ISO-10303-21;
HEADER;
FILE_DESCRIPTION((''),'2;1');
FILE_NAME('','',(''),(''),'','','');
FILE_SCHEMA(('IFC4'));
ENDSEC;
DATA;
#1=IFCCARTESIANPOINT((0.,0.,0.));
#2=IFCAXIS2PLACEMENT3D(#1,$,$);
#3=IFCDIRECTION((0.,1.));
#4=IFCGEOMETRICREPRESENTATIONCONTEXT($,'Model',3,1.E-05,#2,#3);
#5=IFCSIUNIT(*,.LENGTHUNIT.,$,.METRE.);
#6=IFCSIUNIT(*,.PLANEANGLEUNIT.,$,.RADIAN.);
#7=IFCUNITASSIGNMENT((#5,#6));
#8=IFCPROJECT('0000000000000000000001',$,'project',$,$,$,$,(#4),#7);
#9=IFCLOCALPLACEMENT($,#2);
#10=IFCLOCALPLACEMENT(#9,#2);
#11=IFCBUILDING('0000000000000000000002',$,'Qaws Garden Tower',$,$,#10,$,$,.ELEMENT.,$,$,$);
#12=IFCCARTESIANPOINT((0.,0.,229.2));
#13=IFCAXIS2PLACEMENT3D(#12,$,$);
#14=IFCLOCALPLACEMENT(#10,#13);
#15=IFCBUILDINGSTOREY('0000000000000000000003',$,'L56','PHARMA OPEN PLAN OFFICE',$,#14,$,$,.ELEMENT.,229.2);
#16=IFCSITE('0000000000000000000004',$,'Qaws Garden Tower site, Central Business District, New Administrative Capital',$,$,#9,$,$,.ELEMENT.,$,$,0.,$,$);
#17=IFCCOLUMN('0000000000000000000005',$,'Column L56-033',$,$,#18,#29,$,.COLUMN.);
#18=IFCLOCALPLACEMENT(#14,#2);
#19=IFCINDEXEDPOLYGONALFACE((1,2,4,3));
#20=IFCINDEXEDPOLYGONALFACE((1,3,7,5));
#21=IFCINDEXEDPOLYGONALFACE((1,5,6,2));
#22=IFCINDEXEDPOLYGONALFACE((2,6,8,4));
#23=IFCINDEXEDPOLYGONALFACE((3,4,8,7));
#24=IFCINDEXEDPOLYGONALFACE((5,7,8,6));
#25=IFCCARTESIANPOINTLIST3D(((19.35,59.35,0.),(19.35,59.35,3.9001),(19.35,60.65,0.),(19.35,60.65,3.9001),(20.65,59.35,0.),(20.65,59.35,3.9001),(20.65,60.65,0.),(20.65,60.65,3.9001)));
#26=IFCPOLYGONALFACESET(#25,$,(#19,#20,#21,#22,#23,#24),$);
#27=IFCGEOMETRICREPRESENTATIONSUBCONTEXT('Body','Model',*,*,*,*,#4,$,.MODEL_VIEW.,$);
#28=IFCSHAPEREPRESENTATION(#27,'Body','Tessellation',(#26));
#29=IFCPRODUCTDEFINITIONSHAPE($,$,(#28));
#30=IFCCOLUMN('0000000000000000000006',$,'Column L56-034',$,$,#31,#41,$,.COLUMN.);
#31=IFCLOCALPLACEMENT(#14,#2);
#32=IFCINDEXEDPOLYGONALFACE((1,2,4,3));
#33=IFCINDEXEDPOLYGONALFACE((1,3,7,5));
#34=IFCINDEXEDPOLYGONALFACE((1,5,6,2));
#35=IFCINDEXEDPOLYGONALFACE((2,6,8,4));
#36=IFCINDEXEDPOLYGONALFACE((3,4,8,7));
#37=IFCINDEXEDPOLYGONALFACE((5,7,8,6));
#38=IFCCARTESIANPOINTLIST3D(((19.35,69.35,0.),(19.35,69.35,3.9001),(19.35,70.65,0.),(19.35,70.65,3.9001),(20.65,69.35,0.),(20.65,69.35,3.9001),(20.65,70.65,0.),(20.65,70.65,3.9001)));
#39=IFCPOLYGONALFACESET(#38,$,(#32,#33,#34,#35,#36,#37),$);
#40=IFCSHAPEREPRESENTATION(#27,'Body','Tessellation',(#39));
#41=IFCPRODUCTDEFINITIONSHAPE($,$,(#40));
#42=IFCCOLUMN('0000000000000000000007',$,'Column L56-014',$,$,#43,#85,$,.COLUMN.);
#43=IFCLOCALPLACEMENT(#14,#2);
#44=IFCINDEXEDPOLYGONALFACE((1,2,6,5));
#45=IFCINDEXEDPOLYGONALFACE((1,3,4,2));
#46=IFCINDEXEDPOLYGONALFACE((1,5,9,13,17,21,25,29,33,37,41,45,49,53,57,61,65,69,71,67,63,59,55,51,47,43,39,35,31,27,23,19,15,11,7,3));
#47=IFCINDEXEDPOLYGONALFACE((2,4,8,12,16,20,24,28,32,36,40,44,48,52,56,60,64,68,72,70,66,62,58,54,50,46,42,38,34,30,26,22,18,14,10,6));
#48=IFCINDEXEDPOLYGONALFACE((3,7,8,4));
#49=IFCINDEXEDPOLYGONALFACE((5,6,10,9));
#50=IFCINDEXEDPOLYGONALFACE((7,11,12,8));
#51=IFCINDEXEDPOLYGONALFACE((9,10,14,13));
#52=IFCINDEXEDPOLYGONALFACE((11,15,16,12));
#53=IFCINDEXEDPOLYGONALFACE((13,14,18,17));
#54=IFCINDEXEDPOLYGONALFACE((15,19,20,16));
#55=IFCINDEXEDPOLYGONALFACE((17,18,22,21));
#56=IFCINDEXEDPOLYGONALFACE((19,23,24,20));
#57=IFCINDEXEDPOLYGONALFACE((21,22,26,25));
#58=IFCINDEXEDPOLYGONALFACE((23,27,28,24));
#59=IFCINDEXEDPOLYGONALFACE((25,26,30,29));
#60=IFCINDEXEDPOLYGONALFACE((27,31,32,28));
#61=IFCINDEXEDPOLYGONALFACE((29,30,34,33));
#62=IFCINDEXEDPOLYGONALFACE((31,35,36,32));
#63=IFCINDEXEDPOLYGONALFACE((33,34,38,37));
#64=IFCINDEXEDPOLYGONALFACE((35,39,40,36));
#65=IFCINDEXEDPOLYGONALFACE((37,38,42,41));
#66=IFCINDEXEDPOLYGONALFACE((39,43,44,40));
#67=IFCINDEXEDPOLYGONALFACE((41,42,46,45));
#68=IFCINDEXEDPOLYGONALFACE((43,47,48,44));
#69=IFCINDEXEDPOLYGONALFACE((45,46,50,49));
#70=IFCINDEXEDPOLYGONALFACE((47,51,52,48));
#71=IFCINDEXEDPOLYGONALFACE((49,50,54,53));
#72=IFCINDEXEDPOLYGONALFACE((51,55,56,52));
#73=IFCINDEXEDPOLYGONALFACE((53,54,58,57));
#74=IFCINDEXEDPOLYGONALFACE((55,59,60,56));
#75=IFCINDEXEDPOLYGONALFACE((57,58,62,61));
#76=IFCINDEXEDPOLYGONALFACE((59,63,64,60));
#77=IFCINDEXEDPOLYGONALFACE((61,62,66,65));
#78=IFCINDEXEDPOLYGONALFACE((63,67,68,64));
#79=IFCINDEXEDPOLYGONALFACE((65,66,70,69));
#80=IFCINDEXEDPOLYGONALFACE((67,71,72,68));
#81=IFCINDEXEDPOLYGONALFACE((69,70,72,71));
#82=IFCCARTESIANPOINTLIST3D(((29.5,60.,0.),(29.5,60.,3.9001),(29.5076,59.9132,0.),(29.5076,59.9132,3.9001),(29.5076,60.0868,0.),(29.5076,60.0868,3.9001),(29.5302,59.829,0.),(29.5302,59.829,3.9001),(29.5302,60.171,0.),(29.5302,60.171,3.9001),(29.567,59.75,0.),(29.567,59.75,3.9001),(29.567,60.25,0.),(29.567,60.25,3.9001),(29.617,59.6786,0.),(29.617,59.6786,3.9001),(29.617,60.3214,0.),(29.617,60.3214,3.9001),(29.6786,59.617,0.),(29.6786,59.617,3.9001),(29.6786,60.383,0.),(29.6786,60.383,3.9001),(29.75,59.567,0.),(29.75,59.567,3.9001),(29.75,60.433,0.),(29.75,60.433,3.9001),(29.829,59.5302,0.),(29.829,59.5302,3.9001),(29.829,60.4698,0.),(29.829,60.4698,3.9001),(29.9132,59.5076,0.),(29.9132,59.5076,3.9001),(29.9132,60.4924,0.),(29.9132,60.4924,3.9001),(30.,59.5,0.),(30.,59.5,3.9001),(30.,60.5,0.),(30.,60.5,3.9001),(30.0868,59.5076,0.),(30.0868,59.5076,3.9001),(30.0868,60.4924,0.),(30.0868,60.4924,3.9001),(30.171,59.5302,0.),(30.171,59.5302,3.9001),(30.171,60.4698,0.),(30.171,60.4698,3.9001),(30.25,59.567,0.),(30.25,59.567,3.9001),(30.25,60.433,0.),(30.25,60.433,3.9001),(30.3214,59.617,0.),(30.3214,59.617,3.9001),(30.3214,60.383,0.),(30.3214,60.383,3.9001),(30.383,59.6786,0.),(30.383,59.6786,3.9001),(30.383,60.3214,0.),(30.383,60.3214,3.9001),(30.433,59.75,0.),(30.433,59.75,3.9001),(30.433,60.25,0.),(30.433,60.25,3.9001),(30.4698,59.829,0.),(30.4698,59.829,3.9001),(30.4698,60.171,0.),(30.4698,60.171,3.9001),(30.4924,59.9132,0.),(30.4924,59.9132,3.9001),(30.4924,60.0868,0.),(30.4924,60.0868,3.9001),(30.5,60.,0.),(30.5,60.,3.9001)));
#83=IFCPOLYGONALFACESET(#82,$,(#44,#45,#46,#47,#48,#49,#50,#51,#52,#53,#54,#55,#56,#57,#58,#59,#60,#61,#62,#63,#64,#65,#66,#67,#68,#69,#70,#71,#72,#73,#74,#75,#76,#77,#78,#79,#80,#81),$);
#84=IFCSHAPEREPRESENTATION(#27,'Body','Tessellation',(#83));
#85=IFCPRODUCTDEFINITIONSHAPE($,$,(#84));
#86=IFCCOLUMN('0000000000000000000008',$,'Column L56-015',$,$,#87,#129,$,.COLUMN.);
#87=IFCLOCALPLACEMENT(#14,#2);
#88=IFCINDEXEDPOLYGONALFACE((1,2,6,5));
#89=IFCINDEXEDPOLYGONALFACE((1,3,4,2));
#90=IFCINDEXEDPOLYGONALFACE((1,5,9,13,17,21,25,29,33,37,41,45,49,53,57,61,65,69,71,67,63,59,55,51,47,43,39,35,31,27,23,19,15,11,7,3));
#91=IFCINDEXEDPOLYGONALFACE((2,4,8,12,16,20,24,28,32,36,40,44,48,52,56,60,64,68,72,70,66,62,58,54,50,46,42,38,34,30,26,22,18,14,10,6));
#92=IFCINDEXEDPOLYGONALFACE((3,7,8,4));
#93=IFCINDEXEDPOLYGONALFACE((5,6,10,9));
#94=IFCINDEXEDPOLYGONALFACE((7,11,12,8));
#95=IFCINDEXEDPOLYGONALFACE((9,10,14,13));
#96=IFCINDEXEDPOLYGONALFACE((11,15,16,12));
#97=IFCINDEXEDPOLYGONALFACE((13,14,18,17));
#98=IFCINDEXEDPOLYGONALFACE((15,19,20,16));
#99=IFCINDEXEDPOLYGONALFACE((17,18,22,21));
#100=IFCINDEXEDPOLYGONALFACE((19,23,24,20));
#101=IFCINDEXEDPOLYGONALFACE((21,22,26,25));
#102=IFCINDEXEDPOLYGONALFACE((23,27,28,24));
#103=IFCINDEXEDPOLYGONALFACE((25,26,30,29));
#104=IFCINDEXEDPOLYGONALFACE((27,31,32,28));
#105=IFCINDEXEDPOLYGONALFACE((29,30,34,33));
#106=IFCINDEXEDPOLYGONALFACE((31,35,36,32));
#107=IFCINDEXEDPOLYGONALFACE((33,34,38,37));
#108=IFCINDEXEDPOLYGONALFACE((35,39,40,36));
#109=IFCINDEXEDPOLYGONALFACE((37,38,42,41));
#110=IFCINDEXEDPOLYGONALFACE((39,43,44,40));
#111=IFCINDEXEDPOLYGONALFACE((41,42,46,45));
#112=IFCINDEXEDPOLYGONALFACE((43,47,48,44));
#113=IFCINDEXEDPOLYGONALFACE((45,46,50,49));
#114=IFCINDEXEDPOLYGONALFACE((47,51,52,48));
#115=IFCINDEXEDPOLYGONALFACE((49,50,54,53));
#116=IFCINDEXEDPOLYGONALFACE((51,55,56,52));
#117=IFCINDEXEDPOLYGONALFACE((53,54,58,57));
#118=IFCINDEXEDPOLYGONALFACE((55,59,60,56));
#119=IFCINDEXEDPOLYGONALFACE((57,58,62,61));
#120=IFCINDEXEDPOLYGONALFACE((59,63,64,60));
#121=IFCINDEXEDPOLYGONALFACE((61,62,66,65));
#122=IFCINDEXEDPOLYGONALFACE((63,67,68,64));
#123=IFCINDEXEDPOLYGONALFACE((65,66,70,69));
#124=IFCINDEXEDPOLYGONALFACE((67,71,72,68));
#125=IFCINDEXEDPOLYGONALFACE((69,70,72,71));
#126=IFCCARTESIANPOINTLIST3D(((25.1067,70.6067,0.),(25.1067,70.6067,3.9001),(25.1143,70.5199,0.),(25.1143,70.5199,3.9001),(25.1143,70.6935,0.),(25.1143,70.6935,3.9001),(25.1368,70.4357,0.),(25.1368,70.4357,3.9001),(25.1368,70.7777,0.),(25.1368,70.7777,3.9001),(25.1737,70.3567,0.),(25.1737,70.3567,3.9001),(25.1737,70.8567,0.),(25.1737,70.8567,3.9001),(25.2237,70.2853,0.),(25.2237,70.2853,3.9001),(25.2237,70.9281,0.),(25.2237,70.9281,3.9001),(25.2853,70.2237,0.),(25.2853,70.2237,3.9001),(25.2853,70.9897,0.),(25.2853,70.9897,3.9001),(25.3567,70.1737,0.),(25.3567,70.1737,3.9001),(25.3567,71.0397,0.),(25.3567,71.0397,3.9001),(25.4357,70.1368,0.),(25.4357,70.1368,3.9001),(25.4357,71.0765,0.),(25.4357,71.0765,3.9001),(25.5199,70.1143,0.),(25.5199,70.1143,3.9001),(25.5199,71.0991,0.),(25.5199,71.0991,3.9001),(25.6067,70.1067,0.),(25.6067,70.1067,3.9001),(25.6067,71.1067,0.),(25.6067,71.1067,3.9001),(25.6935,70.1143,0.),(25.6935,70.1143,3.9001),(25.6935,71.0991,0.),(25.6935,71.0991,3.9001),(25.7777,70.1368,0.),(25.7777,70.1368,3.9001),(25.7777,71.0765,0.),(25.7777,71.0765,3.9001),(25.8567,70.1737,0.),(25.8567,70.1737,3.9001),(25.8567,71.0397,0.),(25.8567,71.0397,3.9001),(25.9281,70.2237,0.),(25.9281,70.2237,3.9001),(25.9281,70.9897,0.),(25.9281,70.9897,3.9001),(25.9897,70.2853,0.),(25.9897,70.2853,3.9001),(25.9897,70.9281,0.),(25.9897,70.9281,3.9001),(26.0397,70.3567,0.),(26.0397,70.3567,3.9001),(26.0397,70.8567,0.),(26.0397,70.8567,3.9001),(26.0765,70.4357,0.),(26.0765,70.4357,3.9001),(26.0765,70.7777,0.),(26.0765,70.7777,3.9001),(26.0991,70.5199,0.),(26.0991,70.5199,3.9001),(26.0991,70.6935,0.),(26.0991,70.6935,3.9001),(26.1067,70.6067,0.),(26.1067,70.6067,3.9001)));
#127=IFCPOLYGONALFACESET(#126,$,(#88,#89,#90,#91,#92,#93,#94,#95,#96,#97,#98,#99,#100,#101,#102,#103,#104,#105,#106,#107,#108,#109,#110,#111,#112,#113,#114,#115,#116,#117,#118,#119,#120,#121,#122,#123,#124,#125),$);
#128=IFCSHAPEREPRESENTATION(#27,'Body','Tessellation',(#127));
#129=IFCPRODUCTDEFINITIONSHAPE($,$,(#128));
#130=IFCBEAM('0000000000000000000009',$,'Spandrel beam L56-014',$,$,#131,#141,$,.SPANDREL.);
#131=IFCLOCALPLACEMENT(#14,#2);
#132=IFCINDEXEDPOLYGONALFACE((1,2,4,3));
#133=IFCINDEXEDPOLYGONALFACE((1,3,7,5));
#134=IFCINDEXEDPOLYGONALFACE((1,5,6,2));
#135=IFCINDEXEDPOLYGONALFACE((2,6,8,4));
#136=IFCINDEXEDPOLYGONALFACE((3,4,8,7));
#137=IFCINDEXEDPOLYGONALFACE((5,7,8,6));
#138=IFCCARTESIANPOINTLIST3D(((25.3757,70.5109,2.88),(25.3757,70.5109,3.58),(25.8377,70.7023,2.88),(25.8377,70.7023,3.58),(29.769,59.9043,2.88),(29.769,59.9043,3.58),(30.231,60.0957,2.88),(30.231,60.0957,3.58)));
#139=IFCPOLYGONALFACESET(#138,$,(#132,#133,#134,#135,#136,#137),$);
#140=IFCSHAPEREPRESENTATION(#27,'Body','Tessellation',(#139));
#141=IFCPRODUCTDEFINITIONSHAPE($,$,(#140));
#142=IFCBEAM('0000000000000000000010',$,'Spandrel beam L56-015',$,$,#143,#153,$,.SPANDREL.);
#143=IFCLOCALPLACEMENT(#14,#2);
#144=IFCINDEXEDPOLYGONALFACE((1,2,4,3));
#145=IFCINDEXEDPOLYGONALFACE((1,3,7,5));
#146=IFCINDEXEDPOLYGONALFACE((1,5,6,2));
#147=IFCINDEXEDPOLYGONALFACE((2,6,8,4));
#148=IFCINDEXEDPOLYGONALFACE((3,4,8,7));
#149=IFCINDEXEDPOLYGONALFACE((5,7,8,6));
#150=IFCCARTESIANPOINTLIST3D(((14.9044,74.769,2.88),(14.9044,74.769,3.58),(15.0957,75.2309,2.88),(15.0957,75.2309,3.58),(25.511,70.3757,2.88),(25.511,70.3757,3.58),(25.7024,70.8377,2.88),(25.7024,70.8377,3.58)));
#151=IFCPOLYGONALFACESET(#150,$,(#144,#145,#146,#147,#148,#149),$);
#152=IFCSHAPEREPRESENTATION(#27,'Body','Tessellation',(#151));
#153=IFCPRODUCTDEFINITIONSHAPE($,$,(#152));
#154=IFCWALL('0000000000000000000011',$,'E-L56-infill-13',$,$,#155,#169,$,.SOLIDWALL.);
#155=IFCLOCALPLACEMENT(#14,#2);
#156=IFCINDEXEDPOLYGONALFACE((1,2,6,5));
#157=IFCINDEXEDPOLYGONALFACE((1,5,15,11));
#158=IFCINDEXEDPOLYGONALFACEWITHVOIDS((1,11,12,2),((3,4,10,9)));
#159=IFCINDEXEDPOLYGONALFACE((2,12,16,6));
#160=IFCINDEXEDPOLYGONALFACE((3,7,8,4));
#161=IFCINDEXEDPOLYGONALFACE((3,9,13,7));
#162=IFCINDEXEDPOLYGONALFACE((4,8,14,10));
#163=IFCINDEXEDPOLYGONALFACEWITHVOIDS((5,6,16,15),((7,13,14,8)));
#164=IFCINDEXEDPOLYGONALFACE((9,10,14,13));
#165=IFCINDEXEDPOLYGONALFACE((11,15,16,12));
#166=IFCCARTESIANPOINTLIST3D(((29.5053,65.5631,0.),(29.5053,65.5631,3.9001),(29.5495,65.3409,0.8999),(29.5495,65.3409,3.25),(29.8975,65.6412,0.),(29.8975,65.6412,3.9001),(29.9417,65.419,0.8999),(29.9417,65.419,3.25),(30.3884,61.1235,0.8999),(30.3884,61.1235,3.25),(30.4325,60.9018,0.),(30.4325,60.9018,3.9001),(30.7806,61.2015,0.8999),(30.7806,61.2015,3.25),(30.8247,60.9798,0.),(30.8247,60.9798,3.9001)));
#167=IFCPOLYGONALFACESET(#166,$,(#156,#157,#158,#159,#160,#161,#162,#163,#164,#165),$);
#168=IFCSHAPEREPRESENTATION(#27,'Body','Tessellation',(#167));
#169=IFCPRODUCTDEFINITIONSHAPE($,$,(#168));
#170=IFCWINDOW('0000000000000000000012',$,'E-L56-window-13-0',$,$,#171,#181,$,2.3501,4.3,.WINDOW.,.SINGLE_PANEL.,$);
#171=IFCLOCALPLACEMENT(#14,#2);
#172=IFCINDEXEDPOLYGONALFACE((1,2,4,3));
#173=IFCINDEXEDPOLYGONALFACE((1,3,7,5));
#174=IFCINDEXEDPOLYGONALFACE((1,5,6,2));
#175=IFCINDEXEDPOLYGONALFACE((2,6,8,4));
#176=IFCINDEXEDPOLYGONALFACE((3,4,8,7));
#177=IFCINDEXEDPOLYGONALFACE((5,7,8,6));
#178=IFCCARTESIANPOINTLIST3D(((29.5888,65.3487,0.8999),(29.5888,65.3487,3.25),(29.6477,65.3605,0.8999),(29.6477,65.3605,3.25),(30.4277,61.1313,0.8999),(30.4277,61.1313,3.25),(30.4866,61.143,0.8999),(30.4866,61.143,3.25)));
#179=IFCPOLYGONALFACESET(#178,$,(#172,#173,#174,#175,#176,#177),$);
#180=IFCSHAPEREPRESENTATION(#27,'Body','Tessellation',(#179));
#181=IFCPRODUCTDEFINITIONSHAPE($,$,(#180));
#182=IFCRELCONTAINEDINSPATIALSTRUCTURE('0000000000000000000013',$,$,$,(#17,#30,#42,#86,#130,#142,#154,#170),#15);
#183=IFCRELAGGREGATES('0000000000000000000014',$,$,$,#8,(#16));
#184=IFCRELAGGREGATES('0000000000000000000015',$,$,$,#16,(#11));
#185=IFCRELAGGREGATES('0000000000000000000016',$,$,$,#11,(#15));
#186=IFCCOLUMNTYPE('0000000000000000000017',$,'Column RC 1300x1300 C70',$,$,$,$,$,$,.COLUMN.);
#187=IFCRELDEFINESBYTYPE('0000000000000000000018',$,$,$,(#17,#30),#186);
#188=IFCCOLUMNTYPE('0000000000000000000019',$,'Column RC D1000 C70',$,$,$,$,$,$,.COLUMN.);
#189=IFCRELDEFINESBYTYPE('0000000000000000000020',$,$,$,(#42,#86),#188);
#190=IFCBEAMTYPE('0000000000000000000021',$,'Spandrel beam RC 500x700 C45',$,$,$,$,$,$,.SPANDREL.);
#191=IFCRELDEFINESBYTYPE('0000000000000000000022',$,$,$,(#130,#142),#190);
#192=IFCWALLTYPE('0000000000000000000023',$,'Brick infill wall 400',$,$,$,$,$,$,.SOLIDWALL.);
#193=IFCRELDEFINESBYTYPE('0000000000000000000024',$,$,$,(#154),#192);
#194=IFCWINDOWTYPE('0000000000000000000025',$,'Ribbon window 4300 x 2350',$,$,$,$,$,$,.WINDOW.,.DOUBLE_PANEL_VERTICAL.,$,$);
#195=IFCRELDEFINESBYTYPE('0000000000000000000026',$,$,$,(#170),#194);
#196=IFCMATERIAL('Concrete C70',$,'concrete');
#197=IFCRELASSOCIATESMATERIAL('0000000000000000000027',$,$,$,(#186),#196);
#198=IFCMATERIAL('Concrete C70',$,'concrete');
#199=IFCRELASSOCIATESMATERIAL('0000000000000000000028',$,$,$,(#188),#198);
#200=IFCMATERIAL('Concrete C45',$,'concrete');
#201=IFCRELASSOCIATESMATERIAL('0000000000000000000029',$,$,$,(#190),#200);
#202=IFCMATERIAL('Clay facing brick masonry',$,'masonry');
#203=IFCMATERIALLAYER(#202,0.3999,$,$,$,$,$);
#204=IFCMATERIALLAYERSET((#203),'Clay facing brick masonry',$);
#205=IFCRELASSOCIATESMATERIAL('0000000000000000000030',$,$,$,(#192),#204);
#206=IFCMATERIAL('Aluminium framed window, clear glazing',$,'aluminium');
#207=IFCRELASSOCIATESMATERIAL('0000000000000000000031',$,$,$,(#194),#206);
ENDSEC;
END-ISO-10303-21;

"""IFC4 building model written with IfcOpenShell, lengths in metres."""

from ifc_helpers import new_model, si_unit, direction, frame, frame_2d, origin, origin_2d, place, context, subcontext, project, spatial, rectangle, circle, extrude, material, layer, layer_set, material_profile, profile_set, type_object, element, fill, save


model = new_model("IFC4")

# Units and contexts
model_context = context("Model", 3, precision=1e-05, world=origin(), true_north=direction((0.0, 1.0)))
body_context = subcontext(model_context, "Body", "Model", "MODEL_VIEW")
ifc_project = project(units=[si_unit("LENGTHUNIT", "METRE"), si_unit("PLANEANGLEUNIT", "RADIAN")], contexts=[model_context])

# Site, building, storey
site_placement = place(None, origin())
site = spatial("IfcSite", under=ifc_project, at=site_placement, Name="Qaws Garden Tower site, Central Business District, New Administrative Capital", CompositionType="ELEMENT", RefElevation=0.0)
building_placement = place(site_placement, origin())
building = spatial("IfcBuilding", under=site, at=building_placement, Name="Qaws Garden Tower", CompositionType="ELEMENT")
storey_placement = place(building_placement, frame((0.0, 0.0, 229.2)))
storey = spatial("IfcBuildingStorey", under=building, at=storey_placement, Name="L56", Description="PHARMA OPEN PLAN OFFICE", CompositionType="ELEMENT", Elevation=229.2)

# Columns
ifc_material_1 = material(Name="Concrete C70", Category="concrete")
ifc_material_profile_1 = material_profile(ifc_material_1, rectangle(XDim=1.3, YDim=1.3, at=origin_2d()), Name="RC 1300x1300")
ifc_profile_set_1 = profile_set([ifc_material_profile_1], Name="Concrete C70")
column_type_1 = type_object("IfcColumnType", Name="Column RC 1300x1300 C70", PredefinedType="COLUMN", material=ifc_profile_set_1)
for number, where, z_axis, x_axis, name in (
    (1, (20.0, 60.0, 0.0), (0.0, 0.0, 1.0), (1.0, 0.0, 0.0), "Column L56-033"),
    (2, (20.0, 70.0, 0.0), (0.0, 0.0, 1.0), (1.0, 0.0, 0.0), "Column L56-034"),
):
    element("IfcColumn", number, at=place(storey_placement, frame(where, z_axis=z_axis, x_axis=x_axis)), inside=storey, type_object=column_type_1, Name=name, PredefinedType="COLUMN", context=body_context, shape_type="SweptSolid", body=[
        extrude(rectangle(XDim=1.3, YDim=1.3, at=origin_2d()), origin(), (0.0, 0.0, 1.0), 3.9001),
    ])
ifc_material_2 = material(Name="Concrete C70", Category="concrete")
ifc_material_profile_2 = material_profile(ifc_material_2, circle(Radius=0.5, at=origin_2d()), Name="RC D1000")
ifc_profile_set_2 = profile_set([ifc_material_profile_2], Name="Concrete C70")
column_type_2 = type_object("IfcColumnType", Name="Column RC D1000 C70", PredefinedType="COLUMN", material=ifc_profile_set_2)
for number, where, z_axis, x_axis, name in (
    (3, (30.0, 60.0, 0.0), (0.0, 0.0, 1.0), (1.0, 0.0, 0.0), "Column L56-014"),
    (4, (25.6067, 70.6067, 0.0), (0.0, 0.0, 1.0), (1.0, 0.0, 0.0), "Column L56-015"),
):
    element("IfcColumn", number, at=place(storey_placement, frame(where, z_axis=z_axis, x_axis=x_axis)), inside=storey, type_object=column_type_2, Name=name, PredefinedType="COLUMN", context=body_context, shape_type="SweptSolid", body=[
        extrude(circle(Radius=0.5, at=origin_2d()), origin(), (0.0, 0.0, 1.0), 3.9001),
    ])

# Beams
ifc_material_3 = material(Name="Concrete C45", Category="concrete")
ifc_material_profile_3 = material_profile(ifc_material_3, rectangle(XDim=0.5, YDim=0.7, at=origin_2d()), Name="RC 500x700")
ifc_profile_set_3 = profile_set([ifc_material_profile_3], Name="Concrete C45")
beam_type = type_object("IfcBeamType", Name="Spandrel beam RC 500x700 C45", PredefinedType="SPANDREL", material=ifc_profile_set_3)
for number, where, z_axis, x_axis, name in (
    (5, (30.0, 60.0, 3.23), (-0.382674, 0.923883, 0.0), (-0.923883, -0.382674, 0.0), "Spandrel beam L56-014"),
    (6, (25.6067, 70.6067, 3.23), (-0.923883, 0.382674, 0.0), (-0.382674, -0.923883, 0.0), "Spandrel beam L56-015"),
):
    element("IfcBeam", number, at=place(storey_placement, frame(where, z_axis=z_axis, x_axis=x_axis)), inside=storey, type_object=beam_type, Name=name, PredefinedType="SPANDREL", context=body_context, shape_type="SweptSolid", body=[
        extrude(rectangle(XDim=0.5, YDim=0.7, at=origin_2d()), origin(), (0.0, 0.0, 1.0), 11.4805),
    ])

# Wall, opening, window
ifc_material_4 = material(Name="Clay facing brick masonry", Category="masonry")
ifc_layer_1 = layer(ifc_material_4, 0.3999)
ifc_layer_set_1 = layer_set([ifc_layer_1], Name="Clay facing brick masonry")
wall_type_1 = type_object("IfcWallType", Name="Brick infill wall 400", PredefinedType="SOLIDWALL", material=ifc_layer_set_1)
wall_1_placement = place(storey_placement, frame((30.6287, 60.9407, 0.0), z_axis=(0.0, 0.0, 1.0), x_axis=(-0.195099, 0.980784, 0.0)))
wall_1 = element("IfcWall", 7, at=wall_1_placement, inside=storey, type_object=wall_type_1, Name="E-L56-infill-13", PredefinedType="SOLIDWALL", context=body_context, shape_type="SweptSolid", body=[
    extrude(rectangle(XDim=4.7527, YDim=0.3999, at=frame_2d((2.3765, 0.0))), origin(), (0.0, 0.0, 1.0), 3.9001),
])
opening_1_placement = place(wall_1_placement, frame((0.2263, 0.0, 0.8999)))
opening_1 = element("IfcOpeningElement", 8, at=opening_1_placement, cuts=wall_1, PredefinedType="OPENING", context=body_context, shape_type="SweptSolid", body=[
    extrude(rectangle(XDim=4.3, YDim=2.3501, at=frame_2d((2.1499, 1.175))), frame((0.0, 0.21, 0.0), z_axis=(0.0, -1.0, 0.0), x_axis=(1.0, 0.0, 0.0)), (0.0, 0.0, 1.0), 0.4199),
])
ifc_material_5 = material(Name="Aluminium framed window, clear glazing", Category="aluminium")
window_type = type_object("IfcWindowType", Name="Ribbon window 4300 x 2350", PartitioningType="DOUBLE_PANEL_VERTICAL", PredefinedType="WINDOW", material=ifc_material_5)
window_1_placement = place(opening_1_placement, origin())
window_1 = element("IfcWindow", 9, at=window_1_placement, inside=storey, type_object=window_type, Name="E-L56-window-13-0", OverallHeight=2.3501, OverallWidth=4.3, PartitioningType="SINGLE_PANEL", PredefinedType="WINDOW", context=body_context, shape_type="SweptSolid", body=[
    extrude(rectangle(XDim=4.3, YDim=2.3501, at=frame_2d((2.1499, 1.175))), frame((0.0, 0.1599, 0.0), z_axis=(0.0, -1.0, 0.0), x_axis=(1.0, 0.0, 0.0)), (0.0, 0.0, 1.0), 0.0601),
])
fill(opening_1, window_1)

save(model, "model.ifc")
